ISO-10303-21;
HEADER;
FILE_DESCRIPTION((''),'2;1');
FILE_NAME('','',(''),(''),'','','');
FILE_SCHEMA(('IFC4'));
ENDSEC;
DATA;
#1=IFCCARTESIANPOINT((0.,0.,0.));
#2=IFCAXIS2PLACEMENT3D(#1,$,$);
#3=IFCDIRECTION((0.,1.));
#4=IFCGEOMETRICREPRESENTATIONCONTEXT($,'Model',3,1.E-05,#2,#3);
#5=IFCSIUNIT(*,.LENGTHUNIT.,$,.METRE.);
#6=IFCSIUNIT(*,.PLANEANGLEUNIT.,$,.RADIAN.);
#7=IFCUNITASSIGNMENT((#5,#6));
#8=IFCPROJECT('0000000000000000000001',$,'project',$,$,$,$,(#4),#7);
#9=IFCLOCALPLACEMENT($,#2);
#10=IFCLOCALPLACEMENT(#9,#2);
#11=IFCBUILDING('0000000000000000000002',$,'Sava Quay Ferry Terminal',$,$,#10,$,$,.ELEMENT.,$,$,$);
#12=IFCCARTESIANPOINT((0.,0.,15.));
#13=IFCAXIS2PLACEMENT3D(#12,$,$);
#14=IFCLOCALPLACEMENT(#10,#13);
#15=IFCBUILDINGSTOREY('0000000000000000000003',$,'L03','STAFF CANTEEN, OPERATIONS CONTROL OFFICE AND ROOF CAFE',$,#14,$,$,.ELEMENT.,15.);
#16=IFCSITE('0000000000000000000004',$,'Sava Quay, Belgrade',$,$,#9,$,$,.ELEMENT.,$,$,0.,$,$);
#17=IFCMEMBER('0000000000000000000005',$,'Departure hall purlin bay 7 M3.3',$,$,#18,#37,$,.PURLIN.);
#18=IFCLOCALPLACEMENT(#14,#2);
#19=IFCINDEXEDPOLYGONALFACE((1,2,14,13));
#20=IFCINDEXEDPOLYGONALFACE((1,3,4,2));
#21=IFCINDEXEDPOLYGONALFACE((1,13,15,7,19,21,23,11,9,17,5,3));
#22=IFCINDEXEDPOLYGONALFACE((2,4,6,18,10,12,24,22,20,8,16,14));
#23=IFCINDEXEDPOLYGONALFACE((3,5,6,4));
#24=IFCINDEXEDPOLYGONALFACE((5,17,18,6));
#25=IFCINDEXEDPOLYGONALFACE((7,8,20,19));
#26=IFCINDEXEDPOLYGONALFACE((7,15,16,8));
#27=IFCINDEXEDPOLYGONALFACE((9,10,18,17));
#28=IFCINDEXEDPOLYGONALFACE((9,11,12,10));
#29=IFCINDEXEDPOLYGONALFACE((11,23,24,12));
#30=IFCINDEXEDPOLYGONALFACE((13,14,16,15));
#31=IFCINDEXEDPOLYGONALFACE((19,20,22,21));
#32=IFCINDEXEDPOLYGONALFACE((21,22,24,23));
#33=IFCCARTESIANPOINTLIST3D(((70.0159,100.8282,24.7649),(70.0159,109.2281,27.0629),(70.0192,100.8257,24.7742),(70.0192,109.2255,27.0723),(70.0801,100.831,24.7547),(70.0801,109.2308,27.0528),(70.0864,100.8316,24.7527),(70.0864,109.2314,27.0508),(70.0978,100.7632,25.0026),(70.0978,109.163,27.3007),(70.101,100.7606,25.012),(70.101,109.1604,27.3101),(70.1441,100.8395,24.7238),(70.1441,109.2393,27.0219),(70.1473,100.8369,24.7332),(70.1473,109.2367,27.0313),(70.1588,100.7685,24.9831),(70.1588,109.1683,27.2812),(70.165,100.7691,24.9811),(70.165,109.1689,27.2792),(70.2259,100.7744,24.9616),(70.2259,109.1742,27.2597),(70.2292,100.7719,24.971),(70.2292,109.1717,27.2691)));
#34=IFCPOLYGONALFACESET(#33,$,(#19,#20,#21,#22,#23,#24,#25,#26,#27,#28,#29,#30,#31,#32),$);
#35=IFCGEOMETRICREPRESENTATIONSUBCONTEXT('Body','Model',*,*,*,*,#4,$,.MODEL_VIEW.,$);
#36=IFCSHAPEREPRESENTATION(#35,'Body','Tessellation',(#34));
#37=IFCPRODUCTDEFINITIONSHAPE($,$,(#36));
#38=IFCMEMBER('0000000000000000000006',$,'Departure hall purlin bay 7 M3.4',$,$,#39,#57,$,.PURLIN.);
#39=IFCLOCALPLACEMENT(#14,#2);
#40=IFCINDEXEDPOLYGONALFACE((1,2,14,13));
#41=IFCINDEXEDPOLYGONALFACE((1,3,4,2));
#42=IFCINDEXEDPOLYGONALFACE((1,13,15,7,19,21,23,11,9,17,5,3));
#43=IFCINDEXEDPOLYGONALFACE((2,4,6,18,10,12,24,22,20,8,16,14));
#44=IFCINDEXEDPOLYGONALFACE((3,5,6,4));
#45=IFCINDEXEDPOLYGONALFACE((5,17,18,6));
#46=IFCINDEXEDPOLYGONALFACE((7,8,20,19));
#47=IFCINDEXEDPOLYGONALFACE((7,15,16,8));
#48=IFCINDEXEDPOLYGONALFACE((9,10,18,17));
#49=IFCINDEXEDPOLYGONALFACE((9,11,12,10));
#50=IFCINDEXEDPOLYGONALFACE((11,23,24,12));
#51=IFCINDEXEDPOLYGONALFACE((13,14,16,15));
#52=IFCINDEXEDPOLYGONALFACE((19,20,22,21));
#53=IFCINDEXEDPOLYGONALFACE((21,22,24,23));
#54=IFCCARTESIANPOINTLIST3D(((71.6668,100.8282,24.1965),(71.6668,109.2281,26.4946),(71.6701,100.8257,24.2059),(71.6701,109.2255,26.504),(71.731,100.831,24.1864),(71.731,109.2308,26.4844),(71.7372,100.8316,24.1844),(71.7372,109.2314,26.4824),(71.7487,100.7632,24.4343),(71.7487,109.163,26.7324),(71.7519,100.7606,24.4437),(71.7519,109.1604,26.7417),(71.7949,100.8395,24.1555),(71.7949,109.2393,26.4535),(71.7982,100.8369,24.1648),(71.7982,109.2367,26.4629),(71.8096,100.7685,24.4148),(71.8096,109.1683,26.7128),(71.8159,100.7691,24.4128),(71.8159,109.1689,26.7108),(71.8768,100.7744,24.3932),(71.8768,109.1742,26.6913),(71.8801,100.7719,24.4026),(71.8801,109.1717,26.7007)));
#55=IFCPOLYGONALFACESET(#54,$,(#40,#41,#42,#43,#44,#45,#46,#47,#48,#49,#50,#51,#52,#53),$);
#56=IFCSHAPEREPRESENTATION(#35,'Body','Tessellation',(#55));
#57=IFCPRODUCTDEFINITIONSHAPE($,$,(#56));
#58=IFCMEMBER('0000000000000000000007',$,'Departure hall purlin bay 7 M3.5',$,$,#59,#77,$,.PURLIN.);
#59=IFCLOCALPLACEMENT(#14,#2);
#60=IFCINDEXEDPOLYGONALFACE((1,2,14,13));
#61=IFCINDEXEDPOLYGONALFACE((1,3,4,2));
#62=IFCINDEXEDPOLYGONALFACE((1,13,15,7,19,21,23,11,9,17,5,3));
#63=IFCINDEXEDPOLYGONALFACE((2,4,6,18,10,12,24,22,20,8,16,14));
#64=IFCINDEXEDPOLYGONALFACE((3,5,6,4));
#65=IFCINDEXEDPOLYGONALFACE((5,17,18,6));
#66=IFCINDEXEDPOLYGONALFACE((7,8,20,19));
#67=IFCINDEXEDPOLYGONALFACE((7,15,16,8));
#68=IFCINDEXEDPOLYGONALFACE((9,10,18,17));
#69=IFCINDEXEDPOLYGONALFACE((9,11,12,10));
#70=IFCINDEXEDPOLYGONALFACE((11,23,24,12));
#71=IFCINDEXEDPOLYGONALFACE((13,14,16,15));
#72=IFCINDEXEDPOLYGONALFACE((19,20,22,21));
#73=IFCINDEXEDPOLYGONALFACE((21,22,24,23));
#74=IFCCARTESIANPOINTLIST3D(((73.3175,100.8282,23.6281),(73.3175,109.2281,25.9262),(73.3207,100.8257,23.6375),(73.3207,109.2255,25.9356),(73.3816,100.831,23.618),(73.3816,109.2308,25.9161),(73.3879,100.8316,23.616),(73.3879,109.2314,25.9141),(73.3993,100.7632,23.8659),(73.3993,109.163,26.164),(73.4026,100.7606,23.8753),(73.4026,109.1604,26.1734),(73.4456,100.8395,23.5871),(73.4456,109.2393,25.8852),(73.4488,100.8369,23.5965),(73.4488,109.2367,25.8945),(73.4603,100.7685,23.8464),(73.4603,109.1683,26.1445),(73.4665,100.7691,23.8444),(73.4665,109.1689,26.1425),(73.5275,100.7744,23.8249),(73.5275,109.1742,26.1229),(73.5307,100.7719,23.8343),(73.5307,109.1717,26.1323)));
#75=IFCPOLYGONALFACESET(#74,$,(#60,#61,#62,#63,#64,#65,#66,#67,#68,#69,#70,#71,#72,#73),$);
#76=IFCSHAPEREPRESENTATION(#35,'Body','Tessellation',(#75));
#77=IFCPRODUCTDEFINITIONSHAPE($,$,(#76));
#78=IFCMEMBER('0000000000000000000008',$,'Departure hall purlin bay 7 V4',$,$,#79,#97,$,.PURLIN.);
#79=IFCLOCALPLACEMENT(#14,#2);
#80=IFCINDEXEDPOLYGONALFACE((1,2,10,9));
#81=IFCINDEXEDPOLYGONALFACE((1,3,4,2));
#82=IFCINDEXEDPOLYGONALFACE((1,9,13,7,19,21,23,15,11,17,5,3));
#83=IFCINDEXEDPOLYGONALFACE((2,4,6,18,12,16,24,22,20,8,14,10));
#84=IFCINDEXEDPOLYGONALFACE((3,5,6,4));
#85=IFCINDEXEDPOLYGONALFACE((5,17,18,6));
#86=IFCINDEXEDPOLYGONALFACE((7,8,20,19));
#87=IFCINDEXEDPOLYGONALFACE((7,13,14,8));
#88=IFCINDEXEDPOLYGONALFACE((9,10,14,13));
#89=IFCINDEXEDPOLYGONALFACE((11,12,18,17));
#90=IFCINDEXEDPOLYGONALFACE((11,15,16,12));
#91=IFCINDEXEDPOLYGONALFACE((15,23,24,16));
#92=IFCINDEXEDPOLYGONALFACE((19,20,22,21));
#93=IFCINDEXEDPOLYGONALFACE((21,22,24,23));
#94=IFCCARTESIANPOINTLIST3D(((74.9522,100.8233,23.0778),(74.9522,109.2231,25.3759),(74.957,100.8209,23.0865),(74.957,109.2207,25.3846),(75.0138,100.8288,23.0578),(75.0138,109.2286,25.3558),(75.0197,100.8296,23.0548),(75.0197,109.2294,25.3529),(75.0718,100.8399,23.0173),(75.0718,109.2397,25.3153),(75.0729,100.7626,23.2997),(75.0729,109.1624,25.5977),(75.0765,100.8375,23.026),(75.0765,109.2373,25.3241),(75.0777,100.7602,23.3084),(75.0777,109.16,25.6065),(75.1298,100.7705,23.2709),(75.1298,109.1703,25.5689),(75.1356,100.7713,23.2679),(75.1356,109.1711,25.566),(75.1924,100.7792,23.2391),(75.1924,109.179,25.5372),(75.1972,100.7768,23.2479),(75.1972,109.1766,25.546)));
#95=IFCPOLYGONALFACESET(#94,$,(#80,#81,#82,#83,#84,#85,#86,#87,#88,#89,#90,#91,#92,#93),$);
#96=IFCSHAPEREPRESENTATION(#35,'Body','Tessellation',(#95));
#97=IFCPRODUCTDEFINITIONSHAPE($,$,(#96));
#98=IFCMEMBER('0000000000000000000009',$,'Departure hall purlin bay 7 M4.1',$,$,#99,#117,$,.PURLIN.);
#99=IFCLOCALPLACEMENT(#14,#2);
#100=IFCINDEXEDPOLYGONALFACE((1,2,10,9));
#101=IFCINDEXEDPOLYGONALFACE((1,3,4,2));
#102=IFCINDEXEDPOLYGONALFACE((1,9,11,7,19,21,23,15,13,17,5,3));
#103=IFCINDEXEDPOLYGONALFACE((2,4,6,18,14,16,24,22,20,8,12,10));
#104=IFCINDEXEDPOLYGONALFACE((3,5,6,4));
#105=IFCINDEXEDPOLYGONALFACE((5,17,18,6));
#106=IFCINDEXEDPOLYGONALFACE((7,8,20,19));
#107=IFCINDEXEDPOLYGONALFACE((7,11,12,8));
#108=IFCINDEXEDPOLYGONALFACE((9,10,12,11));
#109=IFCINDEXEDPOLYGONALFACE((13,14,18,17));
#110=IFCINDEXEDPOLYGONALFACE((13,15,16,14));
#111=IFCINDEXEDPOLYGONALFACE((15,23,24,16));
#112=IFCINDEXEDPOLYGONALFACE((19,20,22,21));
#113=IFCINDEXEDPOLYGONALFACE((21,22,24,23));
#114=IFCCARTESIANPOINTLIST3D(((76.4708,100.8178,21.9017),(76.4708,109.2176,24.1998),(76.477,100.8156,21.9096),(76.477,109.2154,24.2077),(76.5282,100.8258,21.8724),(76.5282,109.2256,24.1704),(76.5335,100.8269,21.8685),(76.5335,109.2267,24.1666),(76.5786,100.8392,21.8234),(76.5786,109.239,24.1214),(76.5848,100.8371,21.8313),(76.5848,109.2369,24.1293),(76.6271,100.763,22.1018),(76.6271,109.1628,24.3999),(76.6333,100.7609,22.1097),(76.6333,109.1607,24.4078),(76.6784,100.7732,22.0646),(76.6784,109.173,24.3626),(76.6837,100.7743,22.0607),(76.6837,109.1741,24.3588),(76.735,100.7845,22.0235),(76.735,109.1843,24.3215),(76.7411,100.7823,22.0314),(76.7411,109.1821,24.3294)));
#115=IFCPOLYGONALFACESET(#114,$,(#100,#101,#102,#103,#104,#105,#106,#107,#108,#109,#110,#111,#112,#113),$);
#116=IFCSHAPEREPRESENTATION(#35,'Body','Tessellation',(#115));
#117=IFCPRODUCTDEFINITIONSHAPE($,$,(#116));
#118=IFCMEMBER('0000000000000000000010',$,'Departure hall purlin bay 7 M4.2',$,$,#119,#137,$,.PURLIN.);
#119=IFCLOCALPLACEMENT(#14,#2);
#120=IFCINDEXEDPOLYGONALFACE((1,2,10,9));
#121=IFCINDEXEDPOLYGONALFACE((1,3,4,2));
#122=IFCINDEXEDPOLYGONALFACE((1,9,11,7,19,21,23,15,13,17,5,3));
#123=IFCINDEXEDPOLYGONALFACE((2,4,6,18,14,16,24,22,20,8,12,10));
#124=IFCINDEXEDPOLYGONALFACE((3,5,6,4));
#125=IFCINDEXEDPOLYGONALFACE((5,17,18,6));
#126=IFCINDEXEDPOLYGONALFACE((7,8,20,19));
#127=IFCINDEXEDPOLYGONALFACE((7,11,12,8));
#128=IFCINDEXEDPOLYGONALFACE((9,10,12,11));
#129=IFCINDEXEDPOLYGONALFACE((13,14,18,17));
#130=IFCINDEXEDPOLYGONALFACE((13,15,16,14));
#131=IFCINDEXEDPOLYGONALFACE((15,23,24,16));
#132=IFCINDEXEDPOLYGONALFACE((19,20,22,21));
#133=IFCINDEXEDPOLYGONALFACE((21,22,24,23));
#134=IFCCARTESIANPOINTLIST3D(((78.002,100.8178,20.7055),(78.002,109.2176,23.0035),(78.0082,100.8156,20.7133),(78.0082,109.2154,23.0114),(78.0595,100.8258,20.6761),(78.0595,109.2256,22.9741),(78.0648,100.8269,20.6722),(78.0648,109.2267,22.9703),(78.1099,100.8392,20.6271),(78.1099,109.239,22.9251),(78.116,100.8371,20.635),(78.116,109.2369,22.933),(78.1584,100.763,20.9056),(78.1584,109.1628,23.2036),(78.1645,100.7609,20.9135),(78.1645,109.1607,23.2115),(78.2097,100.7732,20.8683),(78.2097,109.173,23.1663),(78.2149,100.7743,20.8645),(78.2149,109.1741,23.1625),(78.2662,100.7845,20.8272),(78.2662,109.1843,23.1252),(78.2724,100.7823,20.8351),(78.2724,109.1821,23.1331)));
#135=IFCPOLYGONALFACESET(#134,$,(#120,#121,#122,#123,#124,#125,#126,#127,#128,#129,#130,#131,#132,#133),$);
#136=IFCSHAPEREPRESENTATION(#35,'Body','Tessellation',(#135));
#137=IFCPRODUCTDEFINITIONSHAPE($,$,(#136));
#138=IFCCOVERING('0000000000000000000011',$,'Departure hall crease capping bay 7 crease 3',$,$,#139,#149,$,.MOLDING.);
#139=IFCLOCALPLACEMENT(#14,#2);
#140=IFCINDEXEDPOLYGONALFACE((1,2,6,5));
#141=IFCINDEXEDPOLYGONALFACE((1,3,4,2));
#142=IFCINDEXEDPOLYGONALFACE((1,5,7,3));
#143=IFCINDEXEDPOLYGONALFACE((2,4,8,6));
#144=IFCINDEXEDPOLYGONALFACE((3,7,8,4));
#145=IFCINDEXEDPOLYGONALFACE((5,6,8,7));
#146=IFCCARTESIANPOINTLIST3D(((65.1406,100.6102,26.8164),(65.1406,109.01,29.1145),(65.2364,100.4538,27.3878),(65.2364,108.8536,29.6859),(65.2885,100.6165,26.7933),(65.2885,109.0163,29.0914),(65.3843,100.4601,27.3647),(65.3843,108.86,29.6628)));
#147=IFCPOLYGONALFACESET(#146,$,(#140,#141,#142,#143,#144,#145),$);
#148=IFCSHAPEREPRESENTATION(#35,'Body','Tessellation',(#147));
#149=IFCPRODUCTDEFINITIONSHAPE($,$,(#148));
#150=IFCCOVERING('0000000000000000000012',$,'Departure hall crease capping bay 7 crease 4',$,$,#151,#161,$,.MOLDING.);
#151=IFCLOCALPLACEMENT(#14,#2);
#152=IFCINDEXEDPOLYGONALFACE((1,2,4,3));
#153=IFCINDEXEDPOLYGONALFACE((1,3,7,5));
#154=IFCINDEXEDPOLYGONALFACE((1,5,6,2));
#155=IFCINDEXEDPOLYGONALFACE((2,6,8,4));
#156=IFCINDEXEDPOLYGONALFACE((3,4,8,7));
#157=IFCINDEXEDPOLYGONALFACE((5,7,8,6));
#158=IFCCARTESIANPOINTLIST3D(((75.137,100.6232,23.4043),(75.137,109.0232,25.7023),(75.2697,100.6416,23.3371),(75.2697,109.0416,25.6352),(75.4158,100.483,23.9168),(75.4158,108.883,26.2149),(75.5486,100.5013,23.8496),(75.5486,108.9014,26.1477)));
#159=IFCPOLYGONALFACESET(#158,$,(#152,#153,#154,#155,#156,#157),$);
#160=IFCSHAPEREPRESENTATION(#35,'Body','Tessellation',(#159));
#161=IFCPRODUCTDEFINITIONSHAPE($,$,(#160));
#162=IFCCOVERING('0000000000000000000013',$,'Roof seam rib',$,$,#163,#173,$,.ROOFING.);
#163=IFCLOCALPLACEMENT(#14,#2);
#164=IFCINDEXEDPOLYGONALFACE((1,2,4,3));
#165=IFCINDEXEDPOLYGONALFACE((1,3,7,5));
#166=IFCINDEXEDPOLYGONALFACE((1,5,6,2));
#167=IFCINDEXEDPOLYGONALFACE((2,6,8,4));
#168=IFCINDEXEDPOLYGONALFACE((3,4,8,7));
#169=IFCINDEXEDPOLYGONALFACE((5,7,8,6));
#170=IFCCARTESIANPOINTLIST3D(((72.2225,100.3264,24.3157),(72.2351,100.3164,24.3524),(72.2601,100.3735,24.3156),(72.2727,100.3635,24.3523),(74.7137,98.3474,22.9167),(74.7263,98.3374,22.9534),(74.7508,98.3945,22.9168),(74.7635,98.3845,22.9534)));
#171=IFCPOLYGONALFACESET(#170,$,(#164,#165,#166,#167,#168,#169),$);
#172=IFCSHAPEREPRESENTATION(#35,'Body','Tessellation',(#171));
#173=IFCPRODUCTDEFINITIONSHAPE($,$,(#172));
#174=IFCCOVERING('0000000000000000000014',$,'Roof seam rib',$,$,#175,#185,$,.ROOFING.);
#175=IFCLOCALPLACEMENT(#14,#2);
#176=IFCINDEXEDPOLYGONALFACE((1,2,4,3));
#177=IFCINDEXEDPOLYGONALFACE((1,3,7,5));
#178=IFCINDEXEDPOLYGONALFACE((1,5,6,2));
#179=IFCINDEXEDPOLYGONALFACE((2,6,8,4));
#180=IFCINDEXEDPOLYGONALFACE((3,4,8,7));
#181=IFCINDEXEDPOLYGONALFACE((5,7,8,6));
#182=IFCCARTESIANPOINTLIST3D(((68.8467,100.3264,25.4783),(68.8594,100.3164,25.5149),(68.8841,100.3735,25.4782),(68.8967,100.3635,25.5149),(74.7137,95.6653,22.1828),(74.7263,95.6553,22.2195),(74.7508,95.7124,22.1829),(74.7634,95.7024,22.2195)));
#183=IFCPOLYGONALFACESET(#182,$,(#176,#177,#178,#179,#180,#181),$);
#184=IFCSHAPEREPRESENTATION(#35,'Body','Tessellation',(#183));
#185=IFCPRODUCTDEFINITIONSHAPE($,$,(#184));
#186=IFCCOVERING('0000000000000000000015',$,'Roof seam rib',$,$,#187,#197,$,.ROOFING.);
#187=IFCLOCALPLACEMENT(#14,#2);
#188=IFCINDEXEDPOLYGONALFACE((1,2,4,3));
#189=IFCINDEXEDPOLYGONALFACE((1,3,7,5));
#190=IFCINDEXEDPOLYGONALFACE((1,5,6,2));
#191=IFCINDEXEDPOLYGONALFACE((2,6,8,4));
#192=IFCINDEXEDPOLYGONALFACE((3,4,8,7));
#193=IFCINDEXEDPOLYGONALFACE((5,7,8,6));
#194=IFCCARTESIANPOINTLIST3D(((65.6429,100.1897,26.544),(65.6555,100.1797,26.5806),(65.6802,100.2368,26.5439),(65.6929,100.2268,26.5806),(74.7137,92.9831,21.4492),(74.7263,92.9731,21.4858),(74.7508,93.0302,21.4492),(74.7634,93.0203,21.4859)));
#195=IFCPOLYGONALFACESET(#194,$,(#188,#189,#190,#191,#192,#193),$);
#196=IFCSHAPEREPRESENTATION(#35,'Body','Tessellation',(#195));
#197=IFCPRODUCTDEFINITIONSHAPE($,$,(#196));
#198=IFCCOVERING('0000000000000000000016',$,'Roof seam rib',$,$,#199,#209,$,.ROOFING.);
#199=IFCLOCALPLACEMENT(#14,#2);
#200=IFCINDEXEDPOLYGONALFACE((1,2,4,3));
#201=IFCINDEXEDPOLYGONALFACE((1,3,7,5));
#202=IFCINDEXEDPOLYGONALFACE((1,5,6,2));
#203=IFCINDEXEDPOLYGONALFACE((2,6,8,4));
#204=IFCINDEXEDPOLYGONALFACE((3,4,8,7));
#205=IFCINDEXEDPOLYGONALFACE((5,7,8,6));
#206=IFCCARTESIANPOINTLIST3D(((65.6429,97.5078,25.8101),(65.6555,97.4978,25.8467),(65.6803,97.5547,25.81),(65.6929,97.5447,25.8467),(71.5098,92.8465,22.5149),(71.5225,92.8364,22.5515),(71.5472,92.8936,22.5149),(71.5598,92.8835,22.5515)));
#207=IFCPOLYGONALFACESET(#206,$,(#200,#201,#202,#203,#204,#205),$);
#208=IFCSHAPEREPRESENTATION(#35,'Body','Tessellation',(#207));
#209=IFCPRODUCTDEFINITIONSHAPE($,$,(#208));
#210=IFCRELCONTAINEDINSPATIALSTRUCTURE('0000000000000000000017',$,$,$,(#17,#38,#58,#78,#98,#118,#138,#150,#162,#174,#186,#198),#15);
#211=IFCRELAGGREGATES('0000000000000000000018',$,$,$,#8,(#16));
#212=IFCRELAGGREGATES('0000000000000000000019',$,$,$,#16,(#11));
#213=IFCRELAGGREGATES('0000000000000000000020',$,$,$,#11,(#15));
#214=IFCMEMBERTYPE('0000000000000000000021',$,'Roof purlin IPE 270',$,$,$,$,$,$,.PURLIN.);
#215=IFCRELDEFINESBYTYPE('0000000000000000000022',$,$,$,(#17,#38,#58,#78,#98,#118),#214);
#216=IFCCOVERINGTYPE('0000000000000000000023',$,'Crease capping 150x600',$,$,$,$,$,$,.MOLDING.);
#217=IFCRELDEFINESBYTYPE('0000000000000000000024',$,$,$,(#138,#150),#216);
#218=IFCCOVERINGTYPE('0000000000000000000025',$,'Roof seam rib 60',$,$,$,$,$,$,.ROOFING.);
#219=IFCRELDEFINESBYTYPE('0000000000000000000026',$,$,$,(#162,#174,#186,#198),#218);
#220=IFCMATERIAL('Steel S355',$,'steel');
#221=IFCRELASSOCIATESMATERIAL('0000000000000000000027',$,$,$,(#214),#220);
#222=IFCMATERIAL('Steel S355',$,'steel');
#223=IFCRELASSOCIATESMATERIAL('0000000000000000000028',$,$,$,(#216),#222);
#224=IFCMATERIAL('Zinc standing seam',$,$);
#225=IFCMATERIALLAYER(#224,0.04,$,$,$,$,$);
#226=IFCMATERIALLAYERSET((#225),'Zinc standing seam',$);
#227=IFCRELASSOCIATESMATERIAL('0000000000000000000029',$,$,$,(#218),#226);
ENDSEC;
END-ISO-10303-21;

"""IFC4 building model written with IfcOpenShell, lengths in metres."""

from ifc_helpers import new_model, si_unit, direction, frame, origin, origin_2d, place, context, subcontext, project, spatial, polyline, rectangle, i_section, outline, extrude, material, layer, layer_set, material_profile, profile_set, type_object, element, save


model = new_model("IFC4")

# Units and contexts
model_context = context("Model", 3, precision=1e-05, world=origin(), true_north=direction((0.0, 1.0)))
body_context = subcontext(model_context, "Body", "Model", "MODEL_VIEW")
ifc_project = project(units=[si_unit("LENGTHUNIT", "METRE"), si_unit("PLANEANGLEUNIT", "RADIAN")], contexts=[model_context])

# Site, building, storey
site_placement = place(None, origin())
site = spatial("IfcSite", under=ifc_project, at=site_placement, Name="Sava Quay, Belgrade", CompositionType="ELEMENT", RefElevation=0.0)
building_placement = place(site_placement, origin())
building = spatial("IfcBuilding", under=site, at=building_placement, Name="Sava Quay Ferry Terminal", CompositionType="ELEMENT")
storey_placement = place(building_placement, frame((0.0, 0.0, 15.0)))
storey = spatial("IfcBuildingStorey", under=building, at=storey_placement, Name="L03", Description="STAFF CANTEEN, OPERATIONS CONTROL OFFICE AND ROOF CAFE", CompositionType="ELEMENT", Elevation=15.0)

# Members
ifc_material_1 = material(Name="Steel S355", Category="steel")
ifc_material_profile_1 = material_profile(ifc_material_1, i_section(OverallWidth=0.135, OverallDepth=0.27, WebThickness=0.0066, FlangeThickness=0.0103, at=origin_2d()), Name="IPE 270")
ifc_profile_set_1 = profile_set([ifc_material_profile_1], Name="Steel S355")
member_type_1 = type_object("IfcMemberType", Name="Roof purlin IPE 270", PredefinedType="PURLIN", material=ifc_profile_set_1)
for number, where, z_axis, x_axis, name in (
    (1, (70.1226, 100.8, 24.8679), (0.0, 0.964553, 0.263888), (-0.949027, -0.083176, 0.304022), "Departure hall purlin bay 7 M3.3"),
    (2, (71.7734, 100.8, 24.2996), (0.0, 0.964553, 0.263888), (-0.949027, -0.083176, 0.304022), "Departure hall purlin bay 7 M3.4"),
    (3, (73.4241, 100.8, 23.7312), (0.0, 0.964553, 0.263888), (-0.949027, -0.083176, 0.304022), "Departure hall purlin bay 7 M3.5"),
    (4, (75.0747, 100.8, 23.1628), (0.0, 0.964553, 0.263888), (-0.885499, -0.122613, 0.448171), "Departure hall purlin bay 7 V4"),
    (5, (76.606, 100.8, 21.9666), (0.0, 0.964553, 0.263888), (-0.79862, -0.158817, 0.580502), "Departure hall purlin bay 7 M4.1"),
    (6, (78.1372, 100.8, 20.7703), (0.0, 0.964553, 0.263888), (-0.79862, -0.158817, 0.580502), "Departure hall purlin bay 7 M4.2"),
):
    element("IfcMember", number, at=place(storey_placement, frame(where, z_axis=z_axis, x_axis=x_axis)), inside=storey, type_object=member_type_1, Name=name, PredefinedType="PURLIN", context=body_context, shape_type="SweptSolid", body=[
        extrude(i_section(OverallWidth=0.135, OverallDepth=0.27, WebThickness=0.0066, FlangeThickness=0.0103, at=origin_2d()), origin(), (0.0, 0.0, 1.0), 8.7085),
    ])

# Coverings
ifc_material_2 = material(Name="Steel S355", Category="steel")
ifc_material_profile_2 = material_profile(ifc_material_2, rectangle(XDim=0.1499, YDim=0.6001, at=origin_2d()), Name="Cap 150 x 600")
ifc_profile_set_2 = profile_set([ifc_material_profile_2], Name="Steel S355")
covering_type_1 = type_object("IfcCoveringType", Name="Crease capping 150x600", PredefinedType="MOLDING", material=ifc_profile_set_2)
covering_1_placement = place(storey_placement, frame((65.2625, 100.5352, 27.0906), z_axis=(0.0, 0.964553, 0.263888), x_axis=(-0.987175, -0.042128, 0.153986)))
element("IfcCovering", 7, at=covering_1_placement, inside=storey, type_object=covering_type_1, Name="Departure hall crease capping bay 7 crease 3", PredefinedType="MOLDING", context=body_context, shape_type="SweptSolid", body=[
    extrude(rectangle(XDim=0.1499, YDim=0.6001, at=origin_2d()), origin(), (0.0, 0.0, 1.0), 8.7085),
])
covering_2_placement = place(storey_placement, frame((75.3428, 100.5623, 23.627), z_axis=(0.0, 0.964555, 0.263881), x_axis=(-0.885499, -0.12261, 0.448172)))
element("IfcCovering", 8, at=covering_2_placement, inside=storey, type_object=covering_type_1, Name="Departure hall crease capping bay 7 crease 4", PredefinedType="MOLDING", context=body_context, shape_type="SweptSolid", body=[
    extrude(rectangle(XDim=0.1499, YDim=0.6001, at=origin_2d()), origin(), (0.0, 0.0, 1.0), 8.7087),
])
ifc_material_3 = material(Name="Zinc standing seam")
ifc_layer = layer(ifc_material_3, 0.04)
ifc_layer_set = layer_set([ifc_layer], Name="Zinc standing seam")
covering_type_2 = type_object("IfcCoveringType", Name="Roof seam rib 60", PredefinedType="ROOFING", material=ifc_layer_set)
covering_3_placement = place(storey_placement, frame((74.7263, 98.3374, 22.9534), z_axis=(0.315431, -0.250057, 0.91541), x_axis=(-0.716771, 0.569399, 0.402523)))
element("IfcCovering", 9, at=covering_3_placement, inside=storey, type_object=covering_type_2, Name="Roof seam rib", PredefinedType="ROOFING", context=body_context, shape_type="SweptSolid", body=[
    extrude(outline(polyline([(0.0, 0.0), (3.4756, 0.0), (3.4754, -0.0603), (0.0002, -0.06), (0.0, 0.0)])), origin(), (0.0, 0.0, -1.0), 0.04),
])
covering_4_placement = place(storey_placement, frame((74.7263, 95.6553, 22.2195), z_axis=(0.315876, -0.249591, 0.915383), x_axis=(-0.716723, 0.569417, 0.402582)))
element("IfcCovering", 10, at=covering_4_placement, inside=storey, type_object=covering_type_2, Name="Roof seam rib", PredefinedType="ROOFING", context=body_context, shape_type="SweptSolid", body=[
    extrude(outline(polyline([(0.0, 0.0), (8.1858, 0.0), (8.1858, -0.0601), (0.0002, -0.06), (0.0, 0.0)])), origin(), (0.0, 0.0, -1.0), 0.04),
])
covering_5_placement = place(storey_placement, frame((74.7263, 92.9731, 21.4858), z_axis=(0.315861, -0.249579, 0.915392), x_axis=(-0.716728, 0.569424, 0.402563)))
element("IfcCovering", 11, at=covering_5_placement, inside=storey, type_object=covering_type_2, Name="Roof seam rib", PredefinedType="ROOFING", context=body_context, shape_type="SweptSolid", body=[
    extrude(outline(polyline([(0.0, 0.0), (12.6558, 0.0), (12.6559, -0.0601), (0.0002, -0.06), (0.0, 0.0)])), origin(), (0.0, 0.0, -1.0), 0.04),
])
covering_6_placement = place(storey_placement, frame((71.5225, 92.8364, 22.5515), z_axis=(0.315135, -0.250471, 0.915398), x_axis=(-0.716719, 0.569445, 0.402549)))
element("IfcCovering", 12, at=covering_6_placement, inside=storey, type_object=covering_type_2, Name="Roof seam rib", PredefinedType="ROOFING", context=body_context, shape_type="SweptSolid", body=[
    extrude(outline(polyline([(0.0, 0.0), (8.1858, 0.0), (8.1857, -0.0599), (0.0001, -0.0601), (0.0, 0.0)])), origin(), (0.0, 0.0, -1.0), 0.04),
])

save(model, "model.ifc")
